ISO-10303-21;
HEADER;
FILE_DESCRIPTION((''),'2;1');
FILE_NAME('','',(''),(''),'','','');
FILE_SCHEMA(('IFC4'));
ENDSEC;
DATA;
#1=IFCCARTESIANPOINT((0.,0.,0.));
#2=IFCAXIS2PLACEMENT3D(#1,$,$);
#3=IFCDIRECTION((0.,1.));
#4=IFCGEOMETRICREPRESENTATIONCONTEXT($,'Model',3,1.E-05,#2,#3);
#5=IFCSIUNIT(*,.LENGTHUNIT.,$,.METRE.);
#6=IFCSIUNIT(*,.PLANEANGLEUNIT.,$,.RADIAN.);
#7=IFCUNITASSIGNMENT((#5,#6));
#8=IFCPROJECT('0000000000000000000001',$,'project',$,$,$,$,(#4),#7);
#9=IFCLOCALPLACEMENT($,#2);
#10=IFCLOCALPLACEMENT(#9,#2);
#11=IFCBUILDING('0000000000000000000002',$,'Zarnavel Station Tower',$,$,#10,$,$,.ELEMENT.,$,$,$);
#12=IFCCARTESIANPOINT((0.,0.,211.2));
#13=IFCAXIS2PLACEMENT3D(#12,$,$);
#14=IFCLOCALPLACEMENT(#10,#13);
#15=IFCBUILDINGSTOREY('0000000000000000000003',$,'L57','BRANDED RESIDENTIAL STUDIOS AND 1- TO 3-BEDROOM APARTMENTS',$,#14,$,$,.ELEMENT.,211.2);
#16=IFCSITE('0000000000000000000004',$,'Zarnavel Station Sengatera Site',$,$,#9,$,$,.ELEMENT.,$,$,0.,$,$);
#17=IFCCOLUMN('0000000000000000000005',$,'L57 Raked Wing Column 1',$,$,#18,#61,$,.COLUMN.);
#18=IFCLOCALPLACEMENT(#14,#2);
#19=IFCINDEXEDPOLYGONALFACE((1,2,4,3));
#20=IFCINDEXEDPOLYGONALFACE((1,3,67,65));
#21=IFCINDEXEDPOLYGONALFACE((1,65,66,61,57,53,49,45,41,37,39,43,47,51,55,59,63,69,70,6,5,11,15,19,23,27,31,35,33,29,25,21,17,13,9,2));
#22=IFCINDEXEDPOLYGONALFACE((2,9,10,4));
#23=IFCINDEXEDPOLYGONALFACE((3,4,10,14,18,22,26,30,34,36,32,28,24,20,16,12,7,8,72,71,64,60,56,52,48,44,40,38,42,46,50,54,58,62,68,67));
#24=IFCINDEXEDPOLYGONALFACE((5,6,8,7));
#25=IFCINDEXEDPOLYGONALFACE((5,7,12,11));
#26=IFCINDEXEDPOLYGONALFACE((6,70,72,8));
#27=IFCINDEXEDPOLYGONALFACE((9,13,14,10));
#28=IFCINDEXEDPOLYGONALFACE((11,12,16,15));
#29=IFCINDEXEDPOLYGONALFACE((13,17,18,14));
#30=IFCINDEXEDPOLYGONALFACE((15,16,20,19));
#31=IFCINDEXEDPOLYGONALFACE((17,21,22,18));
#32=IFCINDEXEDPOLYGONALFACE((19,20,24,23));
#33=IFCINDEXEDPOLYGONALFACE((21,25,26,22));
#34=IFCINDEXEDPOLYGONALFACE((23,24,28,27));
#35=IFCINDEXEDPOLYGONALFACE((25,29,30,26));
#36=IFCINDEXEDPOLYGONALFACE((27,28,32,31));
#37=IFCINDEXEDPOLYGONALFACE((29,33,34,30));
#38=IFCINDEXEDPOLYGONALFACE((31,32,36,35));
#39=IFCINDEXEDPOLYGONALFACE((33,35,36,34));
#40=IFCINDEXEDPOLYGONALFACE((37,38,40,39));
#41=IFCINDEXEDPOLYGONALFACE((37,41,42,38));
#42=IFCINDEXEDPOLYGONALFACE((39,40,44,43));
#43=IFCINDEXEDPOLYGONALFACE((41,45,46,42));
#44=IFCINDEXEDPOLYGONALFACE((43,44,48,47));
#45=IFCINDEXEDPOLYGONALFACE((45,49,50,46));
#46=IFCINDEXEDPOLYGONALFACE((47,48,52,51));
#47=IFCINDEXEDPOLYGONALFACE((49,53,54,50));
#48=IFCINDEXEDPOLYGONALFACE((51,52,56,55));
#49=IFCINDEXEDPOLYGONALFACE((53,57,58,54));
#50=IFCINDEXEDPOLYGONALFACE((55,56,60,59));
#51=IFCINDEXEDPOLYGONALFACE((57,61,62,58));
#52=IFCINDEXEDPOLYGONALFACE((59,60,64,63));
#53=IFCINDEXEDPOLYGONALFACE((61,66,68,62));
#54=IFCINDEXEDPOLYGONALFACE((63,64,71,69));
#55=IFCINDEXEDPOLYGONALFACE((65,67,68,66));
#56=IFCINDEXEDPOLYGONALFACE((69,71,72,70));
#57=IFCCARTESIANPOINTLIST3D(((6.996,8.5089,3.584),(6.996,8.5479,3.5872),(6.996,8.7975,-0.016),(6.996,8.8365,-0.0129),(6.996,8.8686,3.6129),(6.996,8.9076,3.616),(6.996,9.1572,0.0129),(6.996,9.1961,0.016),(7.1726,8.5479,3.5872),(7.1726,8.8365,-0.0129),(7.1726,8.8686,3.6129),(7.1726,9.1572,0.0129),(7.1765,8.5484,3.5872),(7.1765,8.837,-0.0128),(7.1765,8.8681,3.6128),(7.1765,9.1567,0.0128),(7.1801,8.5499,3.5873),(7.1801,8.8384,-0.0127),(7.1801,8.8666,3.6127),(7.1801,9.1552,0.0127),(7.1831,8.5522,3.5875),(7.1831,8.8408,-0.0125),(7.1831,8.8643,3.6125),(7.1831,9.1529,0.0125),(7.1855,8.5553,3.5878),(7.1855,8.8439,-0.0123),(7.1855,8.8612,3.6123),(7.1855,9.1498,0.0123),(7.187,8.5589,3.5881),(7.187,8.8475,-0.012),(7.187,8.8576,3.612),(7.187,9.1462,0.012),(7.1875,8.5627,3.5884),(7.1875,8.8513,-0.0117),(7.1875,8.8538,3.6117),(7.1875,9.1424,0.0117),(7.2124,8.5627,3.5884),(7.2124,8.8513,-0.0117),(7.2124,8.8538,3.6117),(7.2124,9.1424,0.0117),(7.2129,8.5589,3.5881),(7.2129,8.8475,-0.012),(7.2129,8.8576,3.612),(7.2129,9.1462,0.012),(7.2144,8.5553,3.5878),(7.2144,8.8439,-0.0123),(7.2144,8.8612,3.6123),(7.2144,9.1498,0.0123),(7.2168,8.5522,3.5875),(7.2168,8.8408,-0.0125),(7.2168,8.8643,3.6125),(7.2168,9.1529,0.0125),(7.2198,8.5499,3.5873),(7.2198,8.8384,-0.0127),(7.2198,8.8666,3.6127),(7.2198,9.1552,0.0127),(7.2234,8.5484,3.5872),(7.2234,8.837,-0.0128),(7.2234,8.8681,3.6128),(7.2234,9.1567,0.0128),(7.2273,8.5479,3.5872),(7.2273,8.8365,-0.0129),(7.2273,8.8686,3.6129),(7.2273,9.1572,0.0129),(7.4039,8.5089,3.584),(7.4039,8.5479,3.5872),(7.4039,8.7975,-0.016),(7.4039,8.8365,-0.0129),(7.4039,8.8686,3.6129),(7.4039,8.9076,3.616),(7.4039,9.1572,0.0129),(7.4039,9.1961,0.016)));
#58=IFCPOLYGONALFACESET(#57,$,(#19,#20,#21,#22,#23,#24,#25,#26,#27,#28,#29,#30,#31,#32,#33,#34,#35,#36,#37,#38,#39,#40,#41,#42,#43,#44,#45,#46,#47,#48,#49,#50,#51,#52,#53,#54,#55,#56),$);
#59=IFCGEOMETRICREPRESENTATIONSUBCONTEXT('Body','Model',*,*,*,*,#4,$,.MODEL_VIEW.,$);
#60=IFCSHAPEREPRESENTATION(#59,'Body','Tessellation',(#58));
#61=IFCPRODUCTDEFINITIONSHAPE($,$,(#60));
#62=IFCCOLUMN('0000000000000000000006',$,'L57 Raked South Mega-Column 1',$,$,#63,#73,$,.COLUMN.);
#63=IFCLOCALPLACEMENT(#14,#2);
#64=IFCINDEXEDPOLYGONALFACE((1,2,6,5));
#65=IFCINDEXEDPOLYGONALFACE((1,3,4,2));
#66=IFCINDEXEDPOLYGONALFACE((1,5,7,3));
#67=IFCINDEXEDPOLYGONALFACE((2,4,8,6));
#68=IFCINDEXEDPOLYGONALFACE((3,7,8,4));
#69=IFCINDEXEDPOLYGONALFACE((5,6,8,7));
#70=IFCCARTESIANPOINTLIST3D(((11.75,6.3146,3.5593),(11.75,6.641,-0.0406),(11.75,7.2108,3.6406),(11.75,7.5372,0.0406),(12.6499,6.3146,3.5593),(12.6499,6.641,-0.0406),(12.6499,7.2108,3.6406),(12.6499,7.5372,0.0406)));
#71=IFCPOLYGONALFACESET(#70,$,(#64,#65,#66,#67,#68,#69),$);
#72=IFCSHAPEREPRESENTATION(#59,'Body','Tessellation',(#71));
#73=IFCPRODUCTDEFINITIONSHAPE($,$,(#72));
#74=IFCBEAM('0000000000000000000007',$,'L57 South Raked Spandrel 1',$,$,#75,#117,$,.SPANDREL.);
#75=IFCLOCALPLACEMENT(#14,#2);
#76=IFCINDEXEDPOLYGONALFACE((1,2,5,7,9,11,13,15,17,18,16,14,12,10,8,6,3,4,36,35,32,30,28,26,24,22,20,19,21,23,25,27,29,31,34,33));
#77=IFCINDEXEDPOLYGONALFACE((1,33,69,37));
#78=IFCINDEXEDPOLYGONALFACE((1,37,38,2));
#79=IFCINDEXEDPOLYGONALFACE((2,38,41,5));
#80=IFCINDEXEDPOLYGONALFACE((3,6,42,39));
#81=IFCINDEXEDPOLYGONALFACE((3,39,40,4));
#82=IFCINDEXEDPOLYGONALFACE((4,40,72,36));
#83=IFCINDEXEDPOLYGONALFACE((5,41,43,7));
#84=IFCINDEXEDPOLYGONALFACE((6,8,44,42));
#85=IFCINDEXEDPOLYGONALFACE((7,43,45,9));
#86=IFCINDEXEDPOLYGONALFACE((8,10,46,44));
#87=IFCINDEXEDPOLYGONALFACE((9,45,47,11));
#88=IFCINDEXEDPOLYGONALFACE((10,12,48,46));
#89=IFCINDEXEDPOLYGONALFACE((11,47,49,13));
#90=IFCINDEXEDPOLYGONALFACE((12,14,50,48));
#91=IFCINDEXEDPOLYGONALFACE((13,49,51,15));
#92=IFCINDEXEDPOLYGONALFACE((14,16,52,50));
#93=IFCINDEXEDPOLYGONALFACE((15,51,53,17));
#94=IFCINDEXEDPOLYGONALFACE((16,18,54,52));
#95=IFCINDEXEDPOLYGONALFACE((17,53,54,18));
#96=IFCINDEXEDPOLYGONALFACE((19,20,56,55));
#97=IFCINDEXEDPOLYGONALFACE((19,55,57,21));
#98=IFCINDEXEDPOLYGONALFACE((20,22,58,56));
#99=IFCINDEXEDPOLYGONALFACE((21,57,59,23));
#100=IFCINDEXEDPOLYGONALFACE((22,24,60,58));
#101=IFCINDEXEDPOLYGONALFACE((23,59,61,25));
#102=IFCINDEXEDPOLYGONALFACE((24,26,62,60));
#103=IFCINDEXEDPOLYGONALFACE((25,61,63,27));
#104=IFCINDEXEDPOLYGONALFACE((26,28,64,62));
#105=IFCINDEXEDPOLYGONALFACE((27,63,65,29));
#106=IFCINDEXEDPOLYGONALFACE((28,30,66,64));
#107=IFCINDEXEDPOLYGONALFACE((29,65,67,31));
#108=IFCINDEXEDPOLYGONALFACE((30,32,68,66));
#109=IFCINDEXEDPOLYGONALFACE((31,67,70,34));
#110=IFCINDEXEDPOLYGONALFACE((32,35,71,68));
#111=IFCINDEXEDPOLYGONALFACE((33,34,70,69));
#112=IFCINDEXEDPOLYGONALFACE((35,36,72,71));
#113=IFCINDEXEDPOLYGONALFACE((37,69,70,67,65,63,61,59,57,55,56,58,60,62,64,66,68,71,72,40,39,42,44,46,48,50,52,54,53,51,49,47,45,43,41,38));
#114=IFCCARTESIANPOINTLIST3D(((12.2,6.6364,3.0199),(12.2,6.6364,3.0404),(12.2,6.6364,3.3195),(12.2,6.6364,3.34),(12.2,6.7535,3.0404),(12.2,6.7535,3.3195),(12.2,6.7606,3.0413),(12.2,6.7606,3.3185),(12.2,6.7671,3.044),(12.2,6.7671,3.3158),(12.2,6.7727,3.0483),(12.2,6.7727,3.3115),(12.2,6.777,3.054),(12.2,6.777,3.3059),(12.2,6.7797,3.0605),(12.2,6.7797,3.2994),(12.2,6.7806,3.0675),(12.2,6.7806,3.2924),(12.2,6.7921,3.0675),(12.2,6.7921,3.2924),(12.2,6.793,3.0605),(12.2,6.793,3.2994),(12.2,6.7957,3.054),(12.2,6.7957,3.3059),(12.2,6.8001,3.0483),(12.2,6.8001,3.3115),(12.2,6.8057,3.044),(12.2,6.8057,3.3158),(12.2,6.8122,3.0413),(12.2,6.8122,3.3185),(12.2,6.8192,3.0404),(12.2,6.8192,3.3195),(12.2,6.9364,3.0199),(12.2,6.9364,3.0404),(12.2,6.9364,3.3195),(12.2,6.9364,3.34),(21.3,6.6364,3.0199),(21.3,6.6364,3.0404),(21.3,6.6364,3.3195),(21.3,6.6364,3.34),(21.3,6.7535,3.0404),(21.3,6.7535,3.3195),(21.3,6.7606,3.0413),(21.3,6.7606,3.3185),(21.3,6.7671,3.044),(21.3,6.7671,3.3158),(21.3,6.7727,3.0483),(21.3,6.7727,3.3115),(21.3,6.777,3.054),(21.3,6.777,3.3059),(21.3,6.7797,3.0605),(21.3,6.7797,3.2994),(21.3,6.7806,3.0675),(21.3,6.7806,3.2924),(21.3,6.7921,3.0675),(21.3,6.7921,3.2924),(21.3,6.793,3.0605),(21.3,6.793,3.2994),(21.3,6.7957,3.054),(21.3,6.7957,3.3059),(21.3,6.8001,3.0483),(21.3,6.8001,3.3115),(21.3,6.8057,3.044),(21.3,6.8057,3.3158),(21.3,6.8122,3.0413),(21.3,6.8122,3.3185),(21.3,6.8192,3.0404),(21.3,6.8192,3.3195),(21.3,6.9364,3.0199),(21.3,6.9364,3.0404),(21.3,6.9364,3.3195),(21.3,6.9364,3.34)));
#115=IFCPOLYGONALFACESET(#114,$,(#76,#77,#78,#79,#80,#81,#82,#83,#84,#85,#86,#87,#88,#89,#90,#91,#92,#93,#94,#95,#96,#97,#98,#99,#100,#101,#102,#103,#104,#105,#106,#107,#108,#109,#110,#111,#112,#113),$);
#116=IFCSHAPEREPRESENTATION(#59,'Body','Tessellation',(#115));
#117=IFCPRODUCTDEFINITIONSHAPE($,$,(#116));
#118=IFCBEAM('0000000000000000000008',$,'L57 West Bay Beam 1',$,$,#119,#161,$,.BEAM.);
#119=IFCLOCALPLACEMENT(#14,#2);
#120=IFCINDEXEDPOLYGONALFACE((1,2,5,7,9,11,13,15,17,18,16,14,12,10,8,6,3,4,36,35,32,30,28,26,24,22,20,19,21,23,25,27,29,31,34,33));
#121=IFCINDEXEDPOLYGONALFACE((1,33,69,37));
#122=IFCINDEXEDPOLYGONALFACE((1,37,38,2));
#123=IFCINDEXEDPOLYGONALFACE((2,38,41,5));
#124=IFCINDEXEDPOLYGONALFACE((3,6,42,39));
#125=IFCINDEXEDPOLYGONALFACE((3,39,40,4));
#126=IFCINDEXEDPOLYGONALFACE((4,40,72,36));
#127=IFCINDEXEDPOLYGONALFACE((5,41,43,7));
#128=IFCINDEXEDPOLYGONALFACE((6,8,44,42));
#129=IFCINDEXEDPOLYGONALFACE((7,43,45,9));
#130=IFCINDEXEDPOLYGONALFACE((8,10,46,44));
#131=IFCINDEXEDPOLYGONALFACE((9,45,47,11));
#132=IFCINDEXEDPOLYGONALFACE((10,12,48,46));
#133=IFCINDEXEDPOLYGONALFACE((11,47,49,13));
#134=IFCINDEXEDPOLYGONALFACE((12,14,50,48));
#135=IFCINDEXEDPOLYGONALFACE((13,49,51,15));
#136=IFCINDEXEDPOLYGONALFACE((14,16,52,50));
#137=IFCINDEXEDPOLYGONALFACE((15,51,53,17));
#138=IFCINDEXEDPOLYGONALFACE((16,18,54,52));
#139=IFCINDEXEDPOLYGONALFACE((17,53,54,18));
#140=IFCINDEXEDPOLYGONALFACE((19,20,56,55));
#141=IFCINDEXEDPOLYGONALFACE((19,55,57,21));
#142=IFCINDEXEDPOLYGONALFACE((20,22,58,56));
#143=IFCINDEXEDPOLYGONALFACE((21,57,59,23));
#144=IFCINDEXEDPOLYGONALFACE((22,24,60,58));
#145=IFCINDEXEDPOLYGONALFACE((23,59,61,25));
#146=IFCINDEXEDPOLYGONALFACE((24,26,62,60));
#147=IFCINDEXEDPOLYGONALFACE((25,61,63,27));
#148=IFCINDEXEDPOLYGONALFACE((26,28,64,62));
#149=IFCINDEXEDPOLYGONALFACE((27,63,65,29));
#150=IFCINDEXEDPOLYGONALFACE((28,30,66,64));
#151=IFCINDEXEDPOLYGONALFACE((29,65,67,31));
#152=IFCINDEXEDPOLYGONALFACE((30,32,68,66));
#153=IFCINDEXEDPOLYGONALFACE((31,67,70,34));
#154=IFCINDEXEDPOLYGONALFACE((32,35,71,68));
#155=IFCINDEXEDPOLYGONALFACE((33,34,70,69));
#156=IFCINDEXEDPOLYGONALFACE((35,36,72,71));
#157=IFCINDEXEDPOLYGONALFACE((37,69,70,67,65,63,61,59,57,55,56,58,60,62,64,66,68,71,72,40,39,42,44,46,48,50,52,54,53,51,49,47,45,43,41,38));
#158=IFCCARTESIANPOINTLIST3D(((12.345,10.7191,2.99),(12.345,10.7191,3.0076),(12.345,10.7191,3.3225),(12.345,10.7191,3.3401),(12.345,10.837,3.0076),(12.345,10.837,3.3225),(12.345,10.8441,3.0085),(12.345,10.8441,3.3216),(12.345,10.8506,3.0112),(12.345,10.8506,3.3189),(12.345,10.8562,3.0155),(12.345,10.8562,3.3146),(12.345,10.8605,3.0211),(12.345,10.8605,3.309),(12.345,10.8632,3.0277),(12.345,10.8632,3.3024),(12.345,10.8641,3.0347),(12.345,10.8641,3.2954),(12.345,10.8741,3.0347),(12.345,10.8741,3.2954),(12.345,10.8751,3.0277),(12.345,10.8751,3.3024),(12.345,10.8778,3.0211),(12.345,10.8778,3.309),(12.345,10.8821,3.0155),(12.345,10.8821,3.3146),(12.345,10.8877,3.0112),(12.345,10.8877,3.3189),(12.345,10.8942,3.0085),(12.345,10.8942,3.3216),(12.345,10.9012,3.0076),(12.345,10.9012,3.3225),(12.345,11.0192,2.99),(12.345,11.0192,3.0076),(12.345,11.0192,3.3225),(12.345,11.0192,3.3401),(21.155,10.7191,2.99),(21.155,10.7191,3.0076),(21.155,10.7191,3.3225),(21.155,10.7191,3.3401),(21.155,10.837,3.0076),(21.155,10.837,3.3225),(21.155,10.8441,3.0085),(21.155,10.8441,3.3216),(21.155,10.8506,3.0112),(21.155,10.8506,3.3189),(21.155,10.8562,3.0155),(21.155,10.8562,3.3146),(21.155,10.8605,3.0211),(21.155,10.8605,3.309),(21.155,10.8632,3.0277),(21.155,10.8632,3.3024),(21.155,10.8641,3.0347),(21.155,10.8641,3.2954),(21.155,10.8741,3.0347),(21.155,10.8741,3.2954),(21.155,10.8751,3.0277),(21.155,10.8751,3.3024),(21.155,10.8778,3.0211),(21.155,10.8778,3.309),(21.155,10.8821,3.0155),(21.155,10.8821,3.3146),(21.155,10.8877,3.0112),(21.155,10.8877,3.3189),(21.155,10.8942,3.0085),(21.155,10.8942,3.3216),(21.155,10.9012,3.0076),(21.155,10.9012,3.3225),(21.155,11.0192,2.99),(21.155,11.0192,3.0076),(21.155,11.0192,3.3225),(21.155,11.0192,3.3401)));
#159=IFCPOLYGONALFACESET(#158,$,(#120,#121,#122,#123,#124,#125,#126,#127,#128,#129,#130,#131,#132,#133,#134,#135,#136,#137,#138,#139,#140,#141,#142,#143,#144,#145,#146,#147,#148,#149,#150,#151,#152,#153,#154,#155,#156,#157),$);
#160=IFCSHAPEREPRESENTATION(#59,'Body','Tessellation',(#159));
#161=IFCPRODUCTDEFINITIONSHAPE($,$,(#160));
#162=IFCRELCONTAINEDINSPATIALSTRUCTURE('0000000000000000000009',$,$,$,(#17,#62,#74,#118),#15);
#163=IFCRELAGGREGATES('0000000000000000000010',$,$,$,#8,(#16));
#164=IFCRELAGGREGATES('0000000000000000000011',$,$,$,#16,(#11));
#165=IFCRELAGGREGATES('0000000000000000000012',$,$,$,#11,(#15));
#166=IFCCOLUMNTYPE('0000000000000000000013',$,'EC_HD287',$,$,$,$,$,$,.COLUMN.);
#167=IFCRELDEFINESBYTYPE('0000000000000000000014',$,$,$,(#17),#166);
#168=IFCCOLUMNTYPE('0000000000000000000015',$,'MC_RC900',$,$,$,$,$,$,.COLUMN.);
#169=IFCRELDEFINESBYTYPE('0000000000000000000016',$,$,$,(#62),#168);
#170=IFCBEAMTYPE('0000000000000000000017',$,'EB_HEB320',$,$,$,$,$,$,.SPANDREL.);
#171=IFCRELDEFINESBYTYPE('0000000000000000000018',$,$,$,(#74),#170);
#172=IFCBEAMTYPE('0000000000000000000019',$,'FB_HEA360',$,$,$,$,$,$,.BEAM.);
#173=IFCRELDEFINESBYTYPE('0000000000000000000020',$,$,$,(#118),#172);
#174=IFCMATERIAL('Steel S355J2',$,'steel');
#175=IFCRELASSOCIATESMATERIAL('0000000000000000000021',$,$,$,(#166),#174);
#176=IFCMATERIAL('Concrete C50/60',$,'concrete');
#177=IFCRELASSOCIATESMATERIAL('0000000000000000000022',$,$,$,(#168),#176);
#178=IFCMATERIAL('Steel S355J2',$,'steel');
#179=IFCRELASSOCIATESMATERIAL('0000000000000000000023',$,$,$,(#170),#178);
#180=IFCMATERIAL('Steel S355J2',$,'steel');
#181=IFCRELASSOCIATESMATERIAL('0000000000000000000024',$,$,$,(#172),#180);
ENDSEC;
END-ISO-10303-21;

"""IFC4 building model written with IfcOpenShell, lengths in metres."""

from ifc_helpers import new_model, si_unit, direction, frame, origin, origin_2d, place, context, subcontext, project, spatial, rectangle, i_section, extrude, material, material_profile, profile_set, type_object, element, save


model = new_model("IFC4")

# Units and contexts
model_context = context("Model", 3, precision=1e-05, world=origin(), true_north=direction((0.0, 1.0)))
body_context = subcontext(model_context, "Body", "Model", "MODEL_VIEW")
ifc_project = project(units=[si_unit("LENGTHUNIT", "METRE"), si_unit("PLANEANGLEUNIT", "RADIAN")], contexts=[model_context])

# Site, building, storey
site_placement = place(None, origin())
site = spatial("IfcSite", under=ifc_project, at=site_placement, Name="Zarnavel Station Sengatera Site", CompositionType="ELEMENT", RefElevation=0.0)
building_placement = place(site_placement, origin())
building = spatial("IfcBuilding", under=site, at=building_placement, Name="Zarnavel Station Tower", CompositionType="ELEMENT")
storey_placement = place(building_placement, frame((0.0, 0.0, 211.2)))
storey = spatial("IfcBuildingStorey", under=building, at=storey_placement, Name="L57", Description="BRANDED RESIDENTIAL STUDIOS AND 1- TO 3-BEDROOM APARTMENTS", CompositionType="ELEMENT", Elevation=211.2)

# Columns
ifc_material_1 = material(Name="Steel S355J2", Category="steel")
ifc_material_profile_1 = material_profile(ifc_material_1, i_section(OverallWidth=0.408, OverallDepth=0.3999, WebThickness=0.0249, FlangeThickness=0.0391, FilletRadius=0.0149, at=origin_2d()), Name="HD400x287")
ifc_profile_set_1 = profile_set([ifc_material_profile_1], Name="Steel S355J2")
column_type_1 = type_object("IfcColumnType", Name="EC_HD287", PredefinedType="COLUMN", material=ifc_profile_set_1)
column_1_placement = place(storey_placement, frame((7.2, 8.9968, 0.0), z_axis=(0.0, -0.079901, 0.996803), x_axis=(1.0, 0.0, 0.0)))
element("IfcColumn", 1, at=column_1_placement, inside=storey, type_object=column_type_1, Name="L57 Raked Wing Column 1", PredefinedType="COLUMN", context=body_context, shape_type="SweptSolid", body=[
    extrude(i_section(OverallWidth=0.408, OverallDepth=0.3999, WebThickness=0.0249, FlangeThickness=0.0391, FilletRadius=0.0149, at=origin_2d()), origin(), (0.0, 0.0, 1.0), 3.6116),
])
ifc_material_2 = material(Name="Concrete C50/60", Category="concrete")
ifc_material_profile_2 = material_profile(ifc_material_2, rectangle(XDim=0.8999, YDim=0.8999, at=origin_2d()), Name="RC900x900")
ifc_profile_set_2 = profile_set([ifc_material_profile_2], Name="Concrete C50/60")
column_type_2 = type_object("IfcColumnType", Name="MC_RC900", PredefinedType="COLUMN", material=ifc_profile_set_2)
column_2_placement = place(storey_placement, frame((12.2, 7.0891, 0.0), z_axis=(0.0, -0.090298, 0.995915), x_axis=(1.0, 0.0, 0.0)))
element("IfcColumn", 2, at=column_2_placement, inside=storey, type_object=column_type_2, Name="L57 Raked South Mega-Column 1", PredefinedType="COLUMN", context=body_context, shape_type="SweptSolid", body=[
    extrude(rectangle(XDim=0.8999, YDim=0.8999, at=origin_2d()), origin(), (0.0, 0.0, 1.0), 3.6147),
])

# Beams
ifc_material_3 = material(Name="Steel S355J2", Category="steel")
ifc_material_profile_3 = material_profile(ifc_material_3, i_section(OverallWidth=0.3, OverallDepth=0.3201, WebThickness=0.0115, FlangeThickness=0.0205, FilletRadius=0.0271, at=origin_2d()), Name="HEB320")
ifc_profile_set_3 = profile_set([ifc_material_profile_3], Name="Steel S355J2")
beam_type_1 = type_object("IfcBeamType", Name="EB_HEB320", PredefinedType="SPANDREL", material=ifc_profile_set_3)
beam_1_placement = place(storey_placement, frame((12.2, 6.7864, 3.1799), z_axis=(1.0, 0.0, 0.0), x_axis=(0.0, 1.0, 0.0)))
element("IfcBeam", 3, at=beam_1_placement, inside=storey, type_object=beam_type_1, Name="L57 South Raked Spandrel 1", PredefinedType="SPANDREL", context=body_context, shape_type="SweptSolid", body=[
    extrude(i_section(OverallWidth=0.3, OverallDepth=0.3201, WebThickness=0.0115, FlangeThickness=0.0205, FilletRadius=0.0271, at=origin_2d()), origin(), (0.0, 0.0, 1.0), 9.1001),
])
ifc_material_4 = material(Name="Steel S355J2", Category="steel")
ifc_material_profile_4 = material_profile(ifc_material_4, i_section(OverallWidth=0.3, OverallDepth=0.3501, WebThickness=0.01, FlangeThickness=0.0176, FilletRadius=0.0271, at=origin_2d()), Name="HEA360")
ifc_profile_set_4 = profile_set([ifc_material_profile_4], Name="Steel S355J2")
beam_type_2 = type_object("IfcBeamType", Name="FB_HEA360", PredefinedType="BEAM", material=ifc_profile_set_4)
beam_2_placement = place(storey_placement, frame((12.345, 10.8691, 3.165), z_axis=(1.0, 0.0, 0.0), x_axis=(0.0, 1.0, 0.0)))
element("IfcBeam", 4, at=beam_2_placement, inside=storey, type_object=beam_type_2, Name="L57 West Bay Beam 1", PredefinedType="BEAM", context=body_context, shape_type="SweptSolid", body=[
    extrude(i_section(OverallWidth=0.3, OverallDepth=0.3501, WebThickness=0.01, FlangeThickness=0.0176, FilletRadius=0.0271, at=origin_2d()), origin(), (0.0, 0.0, 1.0), 8.8101),
])

save(model, "model.ifc")
